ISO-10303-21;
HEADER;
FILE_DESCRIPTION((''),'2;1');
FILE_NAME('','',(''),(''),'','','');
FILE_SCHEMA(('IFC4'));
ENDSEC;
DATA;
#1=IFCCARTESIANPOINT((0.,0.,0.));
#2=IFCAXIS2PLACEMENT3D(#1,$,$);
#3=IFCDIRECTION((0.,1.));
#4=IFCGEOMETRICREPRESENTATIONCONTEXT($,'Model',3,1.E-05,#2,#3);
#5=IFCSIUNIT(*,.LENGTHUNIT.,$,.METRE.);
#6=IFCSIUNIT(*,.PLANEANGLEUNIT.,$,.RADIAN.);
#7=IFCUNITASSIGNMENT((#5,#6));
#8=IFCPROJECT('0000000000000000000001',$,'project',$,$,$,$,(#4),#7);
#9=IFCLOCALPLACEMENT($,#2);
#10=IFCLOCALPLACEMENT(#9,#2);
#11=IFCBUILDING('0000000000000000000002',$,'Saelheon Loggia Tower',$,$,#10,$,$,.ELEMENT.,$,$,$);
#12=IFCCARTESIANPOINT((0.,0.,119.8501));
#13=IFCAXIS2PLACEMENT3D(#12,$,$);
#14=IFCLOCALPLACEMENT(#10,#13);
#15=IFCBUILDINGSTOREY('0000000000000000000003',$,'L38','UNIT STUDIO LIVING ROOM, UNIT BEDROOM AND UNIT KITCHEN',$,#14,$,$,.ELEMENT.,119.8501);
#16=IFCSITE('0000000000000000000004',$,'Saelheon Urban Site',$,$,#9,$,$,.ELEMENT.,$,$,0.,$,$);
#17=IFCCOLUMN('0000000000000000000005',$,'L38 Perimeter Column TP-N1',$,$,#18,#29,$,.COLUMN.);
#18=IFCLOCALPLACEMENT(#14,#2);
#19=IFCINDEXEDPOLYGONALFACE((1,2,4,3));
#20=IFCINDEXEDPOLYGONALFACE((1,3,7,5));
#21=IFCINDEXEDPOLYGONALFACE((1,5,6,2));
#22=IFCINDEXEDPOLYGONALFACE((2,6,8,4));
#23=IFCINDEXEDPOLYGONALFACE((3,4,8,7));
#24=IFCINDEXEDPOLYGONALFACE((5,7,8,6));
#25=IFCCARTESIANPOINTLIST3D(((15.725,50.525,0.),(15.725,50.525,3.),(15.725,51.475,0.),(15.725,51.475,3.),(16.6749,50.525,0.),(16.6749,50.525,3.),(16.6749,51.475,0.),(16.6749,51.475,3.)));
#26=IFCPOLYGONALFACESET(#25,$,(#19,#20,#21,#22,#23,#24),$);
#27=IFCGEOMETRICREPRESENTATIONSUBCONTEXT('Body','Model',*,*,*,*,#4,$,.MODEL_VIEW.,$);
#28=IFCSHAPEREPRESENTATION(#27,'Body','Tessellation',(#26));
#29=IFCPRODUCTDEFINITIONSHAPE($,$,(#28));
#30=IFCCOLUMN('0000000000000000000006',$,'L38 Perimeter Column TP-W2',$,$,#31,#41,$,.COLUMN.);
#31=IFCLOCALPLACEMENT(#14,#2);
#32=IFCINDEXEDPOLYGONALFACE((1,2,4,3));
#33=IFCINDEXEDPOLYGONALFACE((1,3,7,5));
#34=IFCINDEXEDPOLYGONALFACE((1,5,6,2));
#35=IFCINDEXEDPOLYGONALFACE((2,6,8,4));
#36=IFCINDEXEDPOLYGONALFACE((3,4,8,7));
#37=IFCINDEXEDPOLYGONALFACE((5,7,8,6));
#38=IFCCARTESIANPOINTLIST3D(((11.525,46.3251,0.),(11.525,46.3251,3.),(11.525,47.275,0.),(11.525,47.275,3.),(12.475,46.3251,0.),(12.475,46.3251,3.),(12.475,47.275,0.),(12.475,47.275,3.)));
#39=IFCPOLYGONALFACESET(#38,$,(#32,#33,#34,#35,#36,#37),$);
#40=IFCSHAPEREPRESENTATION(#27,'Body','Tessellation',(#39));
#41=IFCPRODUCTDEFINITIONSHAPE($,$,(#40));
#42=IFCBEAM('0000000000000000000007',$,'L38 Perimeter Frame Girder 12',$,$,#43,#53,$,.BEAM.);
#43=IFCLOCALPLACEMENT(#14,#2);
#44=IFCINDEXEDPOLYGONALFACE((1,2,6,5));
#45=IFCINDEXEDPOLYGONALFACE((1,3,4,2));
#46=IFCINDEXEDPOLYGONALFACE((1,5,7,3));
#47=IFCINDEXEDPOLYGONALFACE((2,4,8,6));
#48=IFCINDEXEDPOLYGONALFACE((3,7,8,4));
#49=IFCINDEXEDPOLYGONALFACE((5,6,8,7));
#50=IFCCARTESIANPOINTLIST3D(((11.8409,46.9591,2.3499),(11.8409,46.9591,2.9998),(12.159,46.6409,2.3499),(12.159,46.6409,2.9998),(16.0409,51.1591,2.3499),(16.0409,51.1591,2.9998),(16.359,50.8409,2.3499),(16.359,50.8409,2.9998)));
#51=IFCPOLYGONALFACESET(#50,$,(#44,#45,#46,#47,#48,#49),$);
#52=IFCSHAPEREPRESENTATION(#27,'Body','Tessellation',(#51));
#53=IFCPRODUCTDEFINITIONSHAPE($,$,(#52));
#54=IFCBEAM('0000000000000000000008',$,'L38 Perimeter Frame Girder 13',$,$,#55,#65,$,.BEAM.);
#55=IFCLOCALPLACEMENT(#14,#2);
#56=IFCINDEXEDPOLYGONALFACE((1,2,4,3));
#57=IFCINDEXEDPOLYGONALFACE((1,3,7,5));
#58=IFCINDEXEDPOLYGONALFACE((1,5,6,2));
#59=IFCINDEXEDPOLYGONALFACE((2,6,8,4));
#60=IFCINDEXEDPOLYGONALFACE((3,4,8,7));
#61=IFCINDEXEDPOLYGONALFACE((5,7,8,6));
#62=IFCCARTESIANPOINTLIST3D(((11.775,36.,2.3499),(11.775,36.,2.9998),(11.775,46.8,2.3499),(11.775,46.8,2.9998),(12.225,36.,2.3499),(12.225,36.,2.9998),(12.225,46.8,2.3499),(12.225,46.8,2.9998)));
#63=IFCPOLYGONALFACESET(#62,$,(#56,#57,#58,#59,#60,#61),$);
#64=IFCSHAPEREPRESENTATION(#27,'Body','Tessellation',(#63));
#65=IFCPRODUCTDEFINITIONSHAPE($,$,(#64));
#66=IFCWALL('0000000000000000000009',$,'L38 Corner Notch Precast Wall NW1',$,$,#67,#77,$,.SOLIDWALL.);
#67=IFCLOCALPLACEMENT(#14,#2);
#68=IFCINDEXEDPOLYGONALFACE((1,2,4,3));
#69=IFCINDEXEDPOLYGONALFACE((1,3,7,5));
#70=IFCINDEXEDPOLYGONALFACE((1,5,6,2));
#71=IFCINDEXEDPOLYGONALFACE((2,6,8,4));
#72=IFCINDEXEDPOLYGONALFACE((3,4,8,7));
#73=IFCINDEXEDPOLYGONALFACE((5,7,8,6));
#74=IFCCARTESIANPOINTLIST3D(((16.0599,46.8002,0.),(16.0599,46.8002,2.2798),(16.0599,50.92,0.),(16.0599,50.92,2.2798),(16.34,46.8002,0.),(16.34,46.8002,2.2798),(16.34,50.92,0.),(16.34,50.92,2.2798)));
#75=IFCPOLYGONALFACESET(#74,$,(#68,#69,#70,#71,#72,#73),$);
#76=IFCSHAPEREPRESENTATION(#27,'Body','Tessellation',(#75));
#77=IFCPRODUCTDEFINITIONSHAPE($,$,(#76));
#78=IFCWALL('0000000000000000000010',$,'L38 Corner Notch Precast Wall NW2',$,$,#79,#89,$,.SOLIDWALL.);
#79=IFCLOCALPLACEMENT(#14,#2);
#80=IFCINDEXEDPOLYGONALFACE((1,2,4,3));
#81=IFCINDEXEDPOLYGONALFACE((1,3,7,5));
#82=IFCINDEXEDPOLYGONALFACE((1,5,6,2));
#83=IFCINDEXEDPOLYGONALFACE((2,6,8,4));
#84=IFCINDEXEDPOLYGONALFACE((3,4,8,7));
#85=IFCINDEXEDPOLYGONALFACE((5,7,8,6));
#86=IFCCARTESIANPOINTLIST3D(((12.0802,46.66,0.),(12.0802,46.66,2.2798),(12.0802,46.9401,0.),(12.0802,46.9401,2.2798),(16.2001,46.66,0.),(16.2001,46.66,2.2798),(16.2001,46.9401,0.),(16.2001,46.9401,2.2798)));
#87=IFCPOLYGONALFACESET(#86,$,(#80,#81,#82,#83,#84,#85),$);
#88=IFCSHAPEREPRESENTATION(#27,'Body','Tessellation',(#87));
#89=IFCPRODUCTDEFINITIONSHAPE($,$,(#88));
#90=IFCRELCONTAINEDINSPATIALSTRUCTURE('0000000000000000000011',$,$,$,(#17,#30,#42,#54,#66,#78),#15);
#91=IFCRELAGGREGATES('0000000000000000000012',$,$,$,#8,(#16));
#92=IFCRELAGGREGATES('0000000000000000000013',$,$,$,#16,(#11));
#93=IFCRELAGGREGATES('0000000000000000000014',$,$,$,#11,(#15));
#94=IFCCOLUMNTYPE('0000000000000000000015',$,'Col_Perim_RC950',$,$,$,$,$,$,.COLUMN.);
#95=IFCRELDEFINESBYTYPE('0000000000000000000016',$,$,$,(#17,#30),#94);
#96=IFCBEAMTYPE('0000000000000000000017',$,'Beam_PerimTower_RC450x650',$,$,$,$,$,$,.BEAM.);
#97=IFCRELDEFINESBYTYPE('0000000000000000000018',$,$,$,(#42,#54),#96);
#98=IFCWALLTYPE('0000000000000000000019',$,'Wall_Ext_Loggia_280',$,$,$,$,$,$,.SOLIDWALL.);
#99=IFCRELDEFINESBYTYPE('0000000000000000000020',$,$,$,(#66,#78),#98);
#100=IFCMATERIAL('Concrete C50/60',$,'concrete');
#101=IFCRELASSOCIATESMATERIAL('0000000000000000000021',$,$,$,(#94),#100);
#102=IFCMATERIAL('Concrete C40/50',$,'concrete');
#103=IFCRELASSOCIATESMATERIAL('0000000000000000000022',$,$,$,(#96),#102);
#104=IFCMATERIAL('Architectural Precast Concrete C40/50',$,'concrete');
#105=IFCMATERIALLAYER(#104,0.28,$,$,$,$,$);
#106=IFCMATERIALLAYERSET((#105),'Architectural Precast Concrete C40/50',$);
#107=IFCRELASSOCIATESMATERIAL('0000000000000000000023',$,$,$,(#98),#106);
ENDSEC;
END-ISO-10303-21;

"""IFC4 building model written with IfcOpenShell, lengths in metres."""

from ifc_helpers import new_model, si_unit, direction, frame, frame_2d, origin, origin_2d, place, context, subcontext, project, spatial, rectangle, extrude, source, transform, mapped, material, layer, layer_set, material_profile, profile_set, type_object, element, save


model = new_model("IFC4")

# Units and contexts
model_context = context("Model", 3, precision=1e-05, world=origin(), true_north=direction((0.0, 1.0)))
body_context = subcontext(model_context, "Body", "Model", "MODEL_VIEW")
ifc_project = project(units=[si_unit("LENGTHUNIT", "METRE"), si_unit("PLANEANGLEUNIT", "RADIAN")], contexts=[model_context])

# Site, building, storey
site_placement = place(None, origin())
site = spatial("IfcSite", under=ifc_project, at=site_placement, Name="Saelheon Urban Site", CompositionType="ELEMENT", RefElevation=0.0)
building_placement = place(site_placement, origin())
building = spatial("IfcBuilding", under=site, at=building_placement, Name="Saelheon Loggia Tower", CompositionType="ELEMENT")
storey_placement = place(building_placement, frame((0.0, 0.0, 119.8501)))
storey = spatial("IfcBuildingStorey", under=building, at=storey_placement, Name="L38", Description="UNIT STUDIO LIVING ROOM, UNIT BEDROOM AND UNIT KITCHEN", CompositionType="ELEMENT", Elevation=119.8501)

# Columns
ifc_material_1 = material(Name="Concrete C50/60", Category="concrete")
ifc_material_profile_1 = material_profile(ifc_material_1, rectangle(XDim=0.95, YDim=0.95, at=origin_2d()), Name="RC-950x950")
ifc_profile_set_1 = profile_set([ifc_material_profile_1], Name="Concrete C50/60")
column_type = type_object("IfcColumnType", Name="Col_Perim_RC950", PredefinedType="COLUMN", material=ifc_profile_set_1)
shared_shape_1 = source(origin(), body_context, "Body", "SweptSolid", [
    extrude(rectangle(XDim=0.95, YDim=0.95, at=origin_2d()), origin(), (0.0, 0.0, 1.0), 3.0),
])
for number, where, z_axis, x_axis, name in (
    (1, (16.2, 51.0, 0.0), (0.0, 0.0, 1.0), (1.0, 0.0, 0.0), "L38 Perimeter Column TP-N1"),
    (2, (12.0, 46.8, 0.0), (0.0, 0.0, 1.0), (1.0, 0.0, 0.0), "L38 Perimeter Column TP-W2"),
):
    element("IfcColumn", number, at=place(storey_placement, frame(where, z_axis=z_axis, x_axis=x_axis)), inside=storey, type_object=column_type, Name=name, PredefinedType="COLUMN", context=body_context, shape_type="MappedRepresentation", body=[
        mapped(shared_shape_1, transform((0.0, 0.0, 0.0), scale=1.0)),
    ])

# Beams
ifc_material_2 = material(Name="Concrete C40/50", Category="concrete")
ifc_material_profile_2 = material_profile(ifc_material_2, rectangle(XDim=0.45, YDim=0.6499, at=origin_2d()), Name="RC-450x650")
ifc_profile_set_2 = profile_set([ifc_material_profile_2], Name="Concrete C40/50")
beam_type = type_object("IfcBeamType", Name="Beam_PerimTower_RC450x650", PredefinedType="BEAM", material=ifc_profile_set_2)
shared_shape_2 = source(origin(), body_context, "Body", "SweptSolid", [
    extrude(rectangle(XDim=0.45, YDim=0.6499, at=origin_2d()), origin(), (0.0, 0.0, 1.0), 5.9397),
])
beam_1_placement = place(storey_placement, frame((16.2, 51.0, 2.6748), z_axis=(-0.707107, -0.707107, 0.0), x_axis=(0.707107, -0.707107, 0.0)))
element("IfcBeam", 3, at=beam_1_placement, inside=storey, type_object=beam_type, Name="L38 Perimeter Frame Girder 12", PredefinedType="BEAM", context=body_context, shape_type="MappedRepresentation", body=[
    mapped(shared_shape_2, transform((0.0, 0.0, 0.0), scale=1.0)),
])
shared_shape_3 = source(origin(), body_context, "Body", "SweptSolid", [
    extrude(rectangle(XDim=0.45, YDim=0.6499, at=origin_2d()), origin(), (0.0, 0.0, 1.0), 10.8),
])
beam_2_placement = place(storey_placement, frame((12.0, 46.8, 2.6748), z_axis=(0.0, -1.0, 0.0), x_axis=(1.0, 0.0, 0.0)))
element("IfcBeam", 4, at=beam_2_placement, inside=storey, type_object=beam_type, Name="L38 Perimeter Frame Girder 13", PredefinedType="BEAM", context=body_context, shape_type="MappedRepresentation", body=[
    mapped(shared_shape_3, transform((0.0, 0.0, 0.0), scale=1.0)),
])

# Shared definitions
ifc_material_3 = material(Name="Architectural Precast Concrete C40/50", Category="concrete")
ifc_layer = layer(ifc_material_3, 0.28)
ifc_layer_set = layer_set([ifc_layer], Name="Architectural Precast Concrete C40/50")
wall_type = type_object("IfcWallType", Name="Wall_Ext_Loggia_280", PredefinedType="SOLIDWALL", material=ifc_layer_set)

# Walls
for number, where, z_axis, x_axis, name in (
    (5, (16.2, 46.8, 0.0), (0.0, 0.0, 1.0), (0.0, 1.0, 0.0), "L38 Corner Notch Precast Wall NW1"),
    (6, (12.0801, 46.8, 0.0), (0.0, 0.0, 1.0), (1.0, 0.0, 0.0), "L38 Corner Notch Precast Wall NW2"),
):
    element("IfcWall", number, at=place(storey_placement, frame(where, z_axis=z_axis, x_axis=x_axis)), inside=storey, type_object=wall_type, Name=name, PredefinedType="SOLIDWALL", context=body_context, shape_type="SweptSolid", body=[
        extrude(rectangle(XDim=4.1199, YDim=0.28, at=frame_2d((2.0601, 0.0))), origin(), (0.0, 0.0, 1.0), 2.2798),
    ])

save(model, "model.ifc")
